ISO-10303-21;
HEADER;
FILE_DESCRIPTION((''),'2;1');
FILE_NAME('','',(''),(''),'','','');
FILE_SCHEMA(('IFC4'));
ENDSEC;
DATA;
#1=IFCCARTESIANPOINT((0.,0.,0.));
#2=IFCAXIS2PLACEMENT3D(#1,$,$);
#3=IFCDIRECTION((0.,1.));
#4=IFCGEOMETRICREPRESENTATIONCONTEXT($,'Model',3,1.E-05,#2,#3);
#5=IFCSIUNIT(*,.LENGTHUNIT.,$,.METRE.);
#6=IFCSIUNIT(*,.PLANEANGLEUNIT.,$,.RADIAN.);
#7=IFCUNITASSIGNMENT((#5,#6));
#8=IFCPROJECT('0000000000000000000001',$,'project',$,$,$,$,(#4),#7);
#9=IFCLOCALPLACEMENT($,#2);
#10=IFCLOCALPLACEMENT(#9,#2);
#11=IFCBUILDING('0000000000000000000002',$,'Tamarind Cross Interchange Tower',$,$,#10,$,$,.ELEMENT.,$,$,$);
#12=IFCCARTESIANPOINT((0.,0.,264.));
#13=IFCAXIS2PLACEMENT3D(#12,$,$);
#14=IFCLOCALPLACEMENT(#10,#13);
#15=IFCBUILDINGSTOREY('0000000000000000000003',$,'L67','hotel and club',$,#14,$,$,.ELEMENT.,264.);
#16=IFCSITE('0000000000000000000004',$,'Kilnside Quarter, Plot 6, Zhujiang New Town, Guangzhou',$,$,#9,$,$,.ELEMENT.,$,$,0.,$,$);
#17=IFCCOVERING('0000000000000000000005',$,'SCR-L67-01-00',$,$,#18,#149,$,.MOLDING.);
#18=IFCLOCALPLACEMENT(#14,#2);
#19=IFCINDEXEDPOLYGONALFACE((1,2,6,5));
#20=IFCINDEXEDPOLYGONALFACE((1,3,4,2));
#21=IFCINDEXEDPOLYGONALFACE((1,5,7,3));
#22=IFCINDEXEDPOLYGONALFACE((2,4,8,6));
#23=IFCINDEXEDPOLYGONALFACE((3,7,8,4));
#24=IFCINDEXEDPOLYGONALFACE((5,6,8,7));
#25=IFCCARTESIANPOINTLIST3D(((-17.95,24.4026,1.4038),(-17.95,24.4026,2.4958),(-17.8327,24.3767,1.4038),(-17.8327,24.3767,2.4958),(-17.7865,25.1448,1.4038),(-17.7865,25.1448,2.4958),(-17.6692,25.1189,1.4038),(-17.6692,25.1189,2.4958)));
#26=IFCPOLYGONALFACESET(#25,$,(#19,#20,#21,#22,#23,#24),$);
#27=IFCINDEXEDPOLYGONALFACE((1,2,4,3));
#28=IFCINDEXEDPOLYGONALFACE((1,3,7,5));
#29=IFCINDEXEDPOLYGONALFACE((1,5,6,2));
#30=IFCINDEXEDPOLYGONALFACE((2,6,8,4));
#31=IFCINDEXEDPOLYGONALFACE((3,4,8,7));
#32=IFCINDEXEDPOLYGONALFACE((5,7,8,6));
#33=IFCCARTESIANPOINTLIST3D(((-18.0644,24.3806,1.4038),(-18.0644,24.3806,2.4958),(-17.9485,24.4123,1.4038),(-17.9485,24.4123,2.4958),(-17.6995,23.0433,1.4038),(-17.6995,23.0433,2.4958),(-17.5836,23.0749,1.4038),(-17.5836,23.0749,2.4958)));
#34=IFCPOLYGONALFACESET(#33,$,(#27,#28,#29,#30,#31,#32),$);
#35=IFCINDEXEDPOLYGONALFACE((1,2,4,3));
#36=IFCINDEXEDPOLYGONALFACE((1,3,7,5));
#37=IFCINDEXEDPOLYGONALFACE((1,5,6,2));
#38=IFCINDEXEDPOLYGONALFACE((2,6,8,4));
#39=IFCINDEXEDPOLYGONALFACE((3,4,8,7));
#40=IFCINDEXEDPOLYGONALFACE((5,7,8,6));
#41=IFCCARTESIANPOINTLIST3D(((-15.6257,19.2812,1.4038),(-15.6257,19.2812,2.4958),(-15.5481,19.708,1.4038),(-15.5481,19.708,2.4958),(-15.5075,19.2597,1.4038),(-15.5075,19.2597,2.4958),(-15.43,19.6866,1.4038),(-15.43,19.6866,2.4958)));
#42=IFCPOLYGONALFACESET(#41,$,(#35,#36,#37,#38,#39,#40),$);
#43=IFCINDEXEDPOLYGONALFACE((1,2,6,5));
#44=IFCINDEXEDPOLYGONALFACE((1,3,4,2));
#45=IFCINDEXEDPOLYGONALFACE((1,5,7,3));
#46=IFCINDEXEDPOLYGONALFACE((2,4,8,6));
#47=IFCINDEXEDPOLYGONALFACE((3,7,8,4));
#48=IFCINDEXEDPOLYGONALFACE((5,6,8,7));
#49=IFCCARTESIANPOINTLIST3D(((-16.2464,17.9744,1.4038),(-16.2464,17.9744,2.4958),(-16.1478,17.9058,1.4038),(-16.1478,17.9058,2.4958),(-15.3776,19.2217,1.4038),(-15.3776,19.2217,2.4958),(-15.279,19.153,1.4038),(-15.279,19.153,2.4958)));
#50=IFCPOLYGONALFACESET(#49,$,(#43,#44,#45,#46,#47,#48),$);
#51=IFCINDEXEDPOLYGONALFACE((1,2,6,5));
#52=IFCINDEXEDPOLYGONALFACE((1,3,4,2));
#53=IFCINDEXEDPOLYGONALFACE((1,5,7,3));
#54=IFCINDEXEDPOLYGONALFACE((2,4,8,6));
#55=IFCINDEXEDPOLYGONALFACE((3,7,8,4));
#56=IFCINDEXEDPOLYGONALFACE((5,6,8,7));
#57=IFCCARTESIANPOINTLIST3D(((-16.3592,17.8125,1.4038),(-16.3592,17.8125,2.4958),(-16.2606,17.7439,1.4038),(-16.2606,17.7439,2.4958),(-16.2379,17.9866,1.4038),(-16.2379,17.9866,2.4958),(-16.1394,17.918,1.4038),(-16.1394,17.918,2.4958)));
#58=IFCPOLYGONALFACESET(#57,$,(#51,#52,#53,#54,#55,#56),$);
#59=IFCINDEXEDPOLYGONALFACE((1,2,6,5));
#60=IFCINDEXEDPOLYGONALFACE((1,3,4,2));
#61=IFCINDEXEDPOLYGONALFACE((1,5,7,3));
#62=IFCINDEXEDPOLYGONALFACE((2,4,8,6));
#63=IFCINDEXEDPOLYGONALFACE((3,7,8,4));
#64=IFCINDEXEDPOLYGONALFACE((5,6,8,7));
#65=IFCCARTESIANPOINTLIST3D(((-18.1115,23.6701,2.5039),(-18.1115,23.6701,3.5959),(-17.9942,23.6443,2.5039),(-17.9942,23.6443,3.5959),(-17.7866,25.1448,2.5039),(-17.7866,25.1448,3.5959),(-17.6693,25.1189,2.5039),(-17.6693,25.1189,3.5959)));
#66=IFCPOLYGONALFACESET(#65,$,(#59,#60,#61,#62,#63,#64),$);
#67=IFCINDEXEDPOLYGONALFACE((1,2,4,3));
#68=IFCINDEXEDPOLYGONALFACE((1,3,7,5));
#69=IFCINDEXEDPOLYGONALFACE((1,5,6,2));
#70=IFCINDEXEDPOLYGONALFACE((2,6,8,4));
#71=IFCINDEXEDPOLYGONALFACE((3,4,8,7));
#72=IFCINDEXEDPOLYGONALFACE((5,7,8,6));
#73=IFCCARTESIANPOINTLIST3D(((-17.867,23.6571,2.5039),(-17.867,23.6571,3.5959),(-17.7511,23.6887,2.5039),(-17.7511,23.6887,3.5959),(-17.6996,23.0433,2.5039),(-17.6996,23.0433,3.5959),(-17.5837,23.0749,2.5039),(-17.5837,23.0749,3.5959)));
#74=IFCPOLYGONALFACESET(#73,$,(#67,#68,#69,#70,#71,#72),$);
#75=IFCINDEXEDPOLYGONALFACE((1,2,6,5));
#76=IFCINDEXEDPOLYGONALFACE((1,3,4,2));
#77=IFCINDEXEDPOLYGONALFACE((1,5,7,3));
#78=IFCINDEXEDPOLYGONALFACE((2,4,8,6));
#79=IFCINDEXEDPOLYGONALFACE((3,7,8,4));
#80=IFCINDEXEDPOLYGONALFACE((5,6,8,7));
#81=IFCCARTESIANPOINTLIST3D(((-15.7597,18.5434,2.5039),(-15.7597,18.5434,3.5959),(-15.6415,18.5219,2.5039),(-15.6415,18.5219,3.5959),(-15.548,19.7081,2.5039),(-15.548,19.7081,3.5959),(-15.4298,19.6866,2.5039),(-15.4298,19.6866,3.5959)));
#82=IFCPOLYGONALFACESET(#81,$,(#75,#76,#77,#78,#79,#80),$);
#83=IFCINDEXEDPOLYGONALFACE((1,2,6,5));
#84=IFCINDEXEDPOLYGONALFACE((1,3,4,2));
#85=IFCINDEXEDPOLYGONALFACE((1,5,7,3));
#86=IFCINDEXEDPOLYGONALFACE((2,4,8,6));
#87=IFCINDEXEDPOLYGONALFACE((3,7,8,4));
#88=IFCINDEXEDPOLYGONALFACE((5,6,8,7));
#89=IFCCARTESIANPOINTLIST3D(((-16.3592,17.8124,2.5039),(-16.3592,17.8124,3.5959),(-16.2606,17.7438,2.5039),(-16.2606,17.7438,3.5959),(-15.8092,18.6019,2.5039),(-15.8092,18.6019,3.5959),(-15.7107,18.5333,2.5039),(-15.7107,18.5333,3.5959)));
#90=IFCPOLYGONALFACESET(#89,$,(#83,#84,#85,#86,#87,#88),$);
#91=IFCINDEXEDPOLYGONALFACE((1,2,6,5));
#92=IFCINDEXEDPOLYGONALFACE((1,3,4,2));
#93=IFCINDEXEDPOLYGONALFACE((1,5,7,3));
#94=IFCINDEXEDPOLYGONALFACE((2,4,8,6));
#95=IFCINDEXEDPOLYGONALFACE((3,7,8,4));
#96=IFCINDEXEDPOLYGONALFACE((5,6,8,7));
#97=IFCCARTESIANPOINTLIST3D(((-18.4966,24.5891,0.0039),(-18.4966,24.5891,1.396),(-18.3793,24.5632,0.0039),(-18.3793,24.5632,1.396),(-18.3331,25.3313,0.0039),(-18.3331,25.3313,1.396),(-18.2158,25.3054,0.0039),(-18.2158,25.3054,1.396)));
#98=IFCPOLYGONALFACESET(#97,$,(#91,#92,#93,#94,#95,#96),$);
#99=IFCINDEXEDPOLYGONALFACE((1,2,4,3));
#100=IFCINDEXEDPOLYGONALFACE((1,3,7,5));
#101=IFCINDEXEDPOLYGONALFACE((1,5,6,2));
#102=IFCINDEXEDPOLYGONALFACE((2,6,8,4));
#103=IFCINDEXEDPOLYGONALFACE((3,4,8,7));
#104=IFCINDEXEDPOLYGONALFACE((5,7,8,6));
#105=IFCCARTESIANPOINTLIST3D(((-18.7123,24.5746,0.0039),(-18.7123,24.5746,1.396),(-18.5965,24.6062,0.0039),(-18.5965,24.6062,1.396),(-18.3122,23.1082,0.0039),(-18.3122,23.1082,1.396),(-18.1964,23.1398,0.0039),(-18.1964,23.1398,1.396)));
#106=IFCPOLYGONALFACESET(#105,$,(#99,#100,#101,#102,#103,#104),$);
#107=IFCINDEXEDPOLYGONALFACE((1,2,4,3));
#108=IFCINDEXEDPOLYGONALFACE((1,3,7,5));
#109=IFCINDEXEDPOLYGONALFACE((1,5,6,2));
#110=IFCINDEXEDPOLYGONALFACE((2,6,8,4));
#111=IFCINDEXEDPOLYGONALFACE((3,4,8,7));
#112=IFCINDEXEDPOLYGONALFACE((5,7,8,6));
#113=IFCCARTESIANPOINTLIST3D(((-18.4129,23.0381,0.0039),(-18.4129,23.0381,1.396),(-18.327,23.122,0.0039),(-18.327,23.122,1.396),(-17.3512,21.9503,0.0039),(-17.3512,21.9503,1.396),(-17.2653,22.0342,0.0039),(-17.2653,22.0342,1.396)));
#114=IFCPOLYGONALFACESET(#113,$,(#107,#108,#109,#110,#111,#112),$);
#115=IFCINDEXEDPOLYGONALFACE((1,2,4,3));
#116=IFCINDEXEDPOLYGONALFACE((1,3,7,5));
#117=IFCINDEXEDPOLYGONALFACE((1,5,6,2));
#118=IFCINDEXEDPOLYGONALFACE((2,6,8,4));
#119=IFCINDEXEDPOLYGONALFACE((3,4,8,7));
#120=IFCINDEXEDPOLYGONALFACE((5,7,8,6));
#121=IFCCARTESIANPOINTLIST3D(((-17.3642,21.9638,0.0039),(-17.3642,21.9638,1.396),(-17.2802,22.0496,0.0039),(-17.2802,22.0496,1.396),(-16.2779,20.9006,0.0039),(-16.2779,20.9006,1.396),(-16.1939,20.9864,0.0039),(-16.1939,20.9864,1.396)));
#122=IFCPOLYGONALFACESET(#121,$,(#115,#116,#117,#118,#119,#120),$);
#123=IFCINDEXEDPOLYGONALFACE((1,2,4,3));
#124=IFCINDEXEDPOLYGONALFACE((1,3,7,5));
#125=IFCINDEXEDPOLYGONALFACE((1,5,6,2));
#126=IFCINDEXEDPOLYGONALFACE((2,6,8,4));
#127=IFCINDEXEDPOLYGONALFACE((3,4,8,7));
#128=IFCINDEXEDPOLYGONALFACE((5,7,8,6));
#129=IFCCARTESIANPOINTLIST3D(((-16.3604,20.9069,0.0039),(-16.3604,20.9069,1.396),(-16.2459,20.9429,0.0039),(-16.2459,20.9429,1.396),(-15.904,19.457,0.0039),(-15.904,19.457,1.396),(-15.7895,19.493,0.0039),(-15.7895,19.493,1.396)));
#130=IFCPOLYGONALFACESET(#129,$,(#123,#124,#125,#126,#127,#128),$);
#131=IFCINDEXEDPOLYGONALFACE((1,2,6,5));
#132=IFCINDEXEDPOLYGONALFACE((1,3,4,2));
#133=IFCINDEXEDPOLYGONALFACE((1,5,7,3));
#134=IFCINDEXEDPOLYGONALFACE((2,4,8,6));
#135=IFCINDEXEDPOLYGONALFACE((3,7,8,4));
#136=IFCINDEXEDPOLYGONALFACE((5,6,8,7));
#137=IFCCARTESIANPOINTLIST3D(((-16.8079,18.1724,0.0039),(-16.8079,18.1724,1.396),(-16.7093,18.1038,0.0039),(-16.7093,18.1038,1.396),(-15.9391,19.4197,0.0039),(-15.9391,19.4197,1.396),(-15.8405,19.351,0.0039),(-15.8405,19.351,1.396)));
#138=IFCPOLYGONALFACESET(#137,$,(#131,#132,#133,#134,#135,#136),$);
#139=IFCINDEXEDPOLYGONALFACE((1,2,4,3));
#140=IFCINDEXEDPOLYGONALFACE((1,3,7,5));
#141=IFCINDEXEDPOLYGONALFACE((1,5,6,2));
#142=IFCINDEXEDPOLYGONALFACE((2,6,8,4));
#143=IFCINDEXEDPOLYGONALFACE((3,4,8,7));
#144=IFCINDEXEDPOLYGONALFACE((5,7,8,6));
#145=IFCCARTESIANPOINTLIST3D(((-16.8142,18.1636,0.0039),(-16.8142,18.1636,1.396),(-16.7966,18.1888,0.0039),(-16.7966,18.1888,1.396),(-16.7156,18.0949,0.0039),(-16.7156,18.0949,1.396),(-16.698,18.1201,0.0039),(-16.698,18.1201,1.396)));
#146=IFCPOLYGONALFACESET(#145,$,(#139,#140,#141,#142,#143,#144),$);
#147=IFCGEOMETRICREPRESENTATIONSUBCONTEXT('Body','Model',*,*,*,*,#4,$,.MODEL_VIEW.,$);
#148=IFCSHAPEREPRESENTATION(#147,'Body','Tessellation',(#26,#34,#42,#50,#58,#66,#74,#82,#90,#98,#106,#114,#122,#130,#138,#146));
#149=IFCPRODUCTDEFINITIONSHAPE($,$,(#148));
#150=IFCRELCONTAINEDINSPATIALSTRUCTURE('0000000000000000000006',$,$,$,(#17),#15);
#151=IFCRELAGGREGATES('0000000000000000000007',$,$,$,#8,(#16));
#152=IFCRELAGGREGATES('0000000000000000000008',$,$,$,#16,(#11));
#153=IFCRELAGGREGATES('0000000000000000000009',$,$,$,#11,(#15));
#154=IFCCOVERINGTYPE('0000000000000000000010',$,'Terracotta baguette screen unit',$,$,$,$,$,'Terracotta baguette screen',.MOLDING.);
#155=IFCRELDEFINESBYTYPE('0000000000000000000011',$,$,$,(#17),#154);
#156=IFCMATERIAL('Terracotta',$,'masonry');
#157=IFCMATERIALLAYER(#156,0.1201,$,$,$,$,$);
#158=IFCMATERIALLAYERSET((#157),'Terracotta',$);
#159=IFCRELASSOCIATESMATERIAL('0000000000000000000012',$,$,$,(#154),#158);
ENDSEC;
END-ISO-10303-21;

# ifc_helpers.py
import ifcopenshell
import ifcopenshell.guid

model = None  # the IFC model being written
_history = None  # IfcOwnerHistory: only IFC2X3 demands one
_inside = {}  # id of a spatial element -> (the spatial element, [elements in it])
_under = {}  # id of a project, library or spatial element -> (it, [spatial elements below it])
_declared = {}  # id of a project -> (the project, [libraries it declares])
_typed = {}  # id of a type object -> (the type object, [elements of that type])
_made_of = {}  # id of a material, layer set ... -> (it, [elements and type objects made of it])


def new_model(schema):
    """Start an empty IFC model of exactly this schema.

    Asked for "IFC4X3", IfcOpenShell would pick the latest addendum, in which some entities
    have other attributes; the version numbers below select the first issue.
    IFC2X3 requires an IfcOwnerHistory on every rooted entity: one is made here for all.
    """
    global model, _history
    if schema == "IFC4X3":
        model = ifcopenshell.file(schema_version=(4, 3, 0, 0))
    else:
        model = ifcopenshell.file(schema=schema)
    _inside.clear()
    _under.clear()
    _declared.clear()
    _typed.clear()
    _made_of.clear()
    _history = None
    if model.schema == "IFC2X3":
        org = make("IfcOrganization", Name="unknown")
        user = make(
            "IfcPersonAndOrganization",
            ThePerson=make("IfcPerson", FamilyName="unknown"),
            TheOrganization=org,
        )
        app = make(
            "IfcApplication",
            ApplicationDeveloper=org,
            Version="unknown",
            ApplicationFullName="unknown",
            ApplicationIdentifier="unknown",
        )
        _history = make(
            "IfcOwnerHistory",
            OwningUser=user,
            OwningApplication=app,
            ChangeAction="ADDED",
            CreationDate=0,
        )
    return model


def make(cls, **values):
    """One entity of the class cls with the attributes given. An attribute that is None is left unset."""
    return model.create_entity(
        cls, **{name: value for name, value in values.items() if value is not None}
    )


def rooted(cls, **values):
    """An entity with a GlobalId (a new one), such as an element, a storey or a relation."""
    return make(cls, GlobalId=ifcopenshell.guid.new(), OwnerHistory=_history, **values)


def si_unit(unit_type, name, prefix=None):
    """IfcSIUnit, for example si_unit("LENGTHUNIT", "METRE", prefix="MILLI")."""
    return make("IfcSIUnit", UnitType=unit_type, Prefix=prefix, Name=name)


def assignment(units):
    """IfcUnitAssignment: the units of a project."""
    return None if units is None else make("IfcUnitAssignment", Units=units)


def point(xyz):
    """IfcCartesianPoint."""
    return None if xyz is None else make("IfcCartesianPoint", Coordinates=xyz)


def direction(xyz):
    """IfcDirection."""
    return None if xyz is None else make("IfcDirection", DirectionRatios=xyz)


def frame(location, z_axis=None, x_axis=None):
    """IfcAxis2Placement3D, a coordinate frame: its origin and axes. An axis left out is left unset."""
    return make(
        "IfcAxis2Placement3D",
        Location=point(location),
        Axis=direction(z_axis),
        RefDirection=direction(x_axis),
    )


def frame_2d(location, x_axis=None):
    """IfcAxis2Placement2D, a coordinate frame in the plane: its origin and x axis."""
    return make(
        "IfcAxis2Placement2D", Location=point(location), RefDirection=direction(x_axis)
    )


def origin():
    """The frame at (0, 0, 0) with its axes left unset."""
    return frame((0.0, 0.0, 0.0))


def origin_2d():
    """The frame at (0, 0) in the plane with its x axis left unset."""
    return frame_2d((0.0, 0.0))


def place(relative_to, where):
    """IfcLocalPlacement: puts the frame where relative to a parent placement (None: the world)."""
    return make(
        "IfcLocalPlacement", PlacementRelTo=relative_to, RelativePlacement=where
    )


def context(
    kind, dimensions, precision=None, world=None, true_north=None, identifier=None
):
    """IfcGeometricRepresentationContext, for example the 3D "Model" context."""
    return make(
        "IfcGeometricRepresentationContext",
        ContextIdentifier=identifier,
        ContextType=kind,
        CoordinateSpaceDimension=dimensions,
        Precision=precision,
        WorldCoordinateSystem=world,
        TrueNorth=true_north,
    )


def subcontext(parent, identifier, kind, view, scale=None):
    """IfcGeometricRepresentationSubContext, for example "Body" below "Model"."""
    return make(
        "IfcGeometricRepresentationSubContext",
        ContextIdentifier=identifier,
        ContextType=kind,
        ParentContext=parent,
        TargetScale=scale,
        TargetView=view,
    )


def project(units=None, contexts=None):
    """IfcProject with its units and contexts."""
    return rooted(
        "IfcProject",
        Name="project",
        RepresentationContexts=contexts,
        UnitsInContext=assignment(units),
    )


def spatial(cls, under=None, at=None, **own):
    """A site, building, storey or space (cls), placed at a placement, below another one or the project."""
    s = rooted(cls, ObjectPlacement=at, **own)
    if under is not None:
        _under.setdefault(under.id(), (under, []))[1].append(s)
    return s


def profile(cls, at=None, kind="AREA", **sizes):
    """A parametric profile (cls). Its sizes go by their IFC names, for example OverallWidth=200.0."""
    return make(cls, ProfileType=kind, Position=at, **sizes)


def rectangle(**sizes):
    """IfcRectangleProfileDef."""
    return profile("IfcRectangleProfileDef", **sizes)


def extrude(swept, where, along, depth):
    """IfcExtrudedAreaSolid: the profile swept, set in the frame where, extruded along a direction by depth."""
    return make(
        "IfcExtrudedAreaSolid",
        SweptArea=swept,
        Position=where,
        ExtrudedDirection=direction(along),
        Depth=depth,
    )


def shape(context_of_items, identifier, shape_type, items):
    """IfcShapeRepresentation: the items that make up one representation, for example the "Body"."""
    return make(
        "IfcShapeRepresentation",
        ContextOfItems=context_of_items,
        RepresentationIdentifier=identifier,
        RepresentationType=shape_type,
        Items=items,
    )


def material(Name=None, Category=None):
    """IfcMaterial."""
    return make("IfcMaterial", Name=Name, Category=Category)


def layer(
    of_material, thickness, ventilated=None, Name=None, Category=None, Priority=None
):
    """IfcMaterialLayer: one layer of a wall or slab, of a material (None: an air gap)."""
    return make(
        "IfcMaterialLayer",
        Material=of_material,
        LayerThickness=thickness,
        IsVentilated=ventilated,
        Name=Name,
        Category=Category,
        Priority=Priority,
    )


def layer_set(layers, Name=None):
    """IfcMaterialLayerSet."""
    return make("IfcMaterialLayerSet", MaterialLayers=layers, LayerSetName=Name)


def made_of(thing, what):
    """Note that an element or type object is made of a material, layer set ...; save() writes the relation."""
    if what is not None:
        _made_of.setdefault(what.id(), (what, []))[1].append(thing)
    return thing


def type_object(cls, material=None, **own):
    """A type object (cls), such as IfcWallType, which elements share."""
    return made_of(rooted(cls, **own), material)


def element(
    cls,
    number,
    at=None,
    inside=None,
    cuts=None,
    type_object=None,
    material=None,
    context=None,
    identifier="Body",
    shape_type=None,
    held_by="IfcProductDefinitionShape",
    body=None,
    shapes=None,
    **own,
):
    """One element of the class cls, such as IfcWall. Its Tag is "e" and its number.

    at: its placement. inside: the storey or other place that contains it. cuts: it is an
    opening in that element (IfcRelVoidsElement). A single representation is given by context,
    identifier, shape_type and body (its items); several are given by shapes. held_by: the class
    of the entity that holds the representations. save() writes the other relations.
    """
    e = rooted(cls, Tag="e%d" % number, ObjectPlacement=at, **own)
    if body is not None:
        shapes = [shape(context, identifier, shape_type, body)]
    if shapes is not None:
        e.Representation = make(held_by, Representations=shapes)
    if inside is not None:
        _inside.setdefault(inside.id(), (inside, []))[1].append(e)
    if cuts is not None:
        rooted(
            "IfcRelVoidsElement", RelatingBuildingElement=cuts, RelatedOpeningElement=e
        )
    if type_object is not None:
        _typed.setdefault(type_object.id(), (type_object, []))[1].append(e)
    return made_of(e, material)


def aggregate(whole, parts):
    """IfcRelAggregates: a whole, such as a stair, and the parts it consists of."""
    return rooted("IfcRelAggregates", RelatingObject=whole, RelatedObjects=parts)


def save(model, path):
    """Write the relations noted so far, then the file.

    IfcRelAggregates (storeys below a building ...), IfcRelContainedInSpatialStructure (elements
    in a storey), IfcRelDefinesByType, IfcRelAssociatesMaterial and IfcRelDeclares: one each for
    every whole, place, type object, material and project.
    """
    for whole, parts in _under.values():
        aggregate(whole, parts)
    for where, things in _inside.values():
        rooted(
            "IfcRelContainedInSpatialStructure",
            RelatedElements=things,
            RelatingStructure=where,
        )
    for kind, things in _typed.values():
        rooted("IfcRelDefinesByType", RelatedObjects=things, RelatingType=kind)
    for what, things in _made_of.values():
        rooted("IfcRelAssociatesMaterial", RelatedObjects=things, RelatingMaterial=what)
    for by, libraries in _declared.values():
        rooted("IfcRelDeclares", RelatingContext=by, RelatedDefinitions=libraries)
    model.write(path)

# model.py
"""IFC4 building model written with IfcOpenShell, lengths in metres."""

from ifc_helpers import new_model, si_unit, direction, frame, origin, origin_2d, place, context, subcontext, project, spatial, rectangle, extrude, material, layer, layer_set, type_object, element, save


model = new_model("IFC4")

# Units and contexts
model_context = context("Model", 3, precision=1e-05, world=origin(), true_north=direction((0.0, 1.0)))
body_context = subcontext(model_context, "Body", "Model", "MODEL_VIEW")
ifc_project = project(units=[si_unit("LENGTHUNIT", "METRE"), si_unit("PLANEANGLEUNIT", "RADIAN")], contexts=[model_context])

# Site, building, storey
site_placement = place(None, origin())
site = spatial("IfcSite", under=ifc_project, at=site_placement, Name="Kilnside Quarter, Plot 6, Zhujiang New Town, Guangzhou", CompositionType="ELEMENT", RefElevation=0.0)
building_placement = place(site_placement, origin())
building = spatial("IfcBuilding", under=site, at=building_placement, Name="Tamarind Cross Interchange Tower", CompositionType="ELEMENT")
storey_placement = place(building_placement, frame((0.0, 0.0, 264.0)))
storey = spatial("IfcBuildingStorey", under=building, at=storey_placement, Name="L67", Description="hotel and club", CompositionType="ELEMENT", Elevation=264.0)

# Covering
ifc_material_1 = material(Name="Terracotta", Category="masonry")
ifc_layer_1 = layer(ifc_material_1, 0.1201)
ifc_layer_set_1 = layer_set([ifc_layer_1], Name="Terracotta")
covering_type = type_object("IfcCoveringType", Name="Terracotta baguette screen unit", ElementType="Terracotta baguette screen", PredefinedType="MOLDING", material=ifc_layer_set_1)
covering_1_placement = place(storey_placement, origin())
element("IfcCovering", 1, at=covering_1_placement, inside=storey, type_object=covering_type, Name="SCR-L67-01-00", PredefinedType="MOLDING", context=body_context, shape_type="SweptSolid", body=[
    extrude(rectangle(XDim=0.76, YDim=0.1201, at=origin_2d()), frame((-17.8096, 24.7607, 1.4038), z_axis=(0.0, 0.0, 1.0), x_axis=(-0.215153, -0.97658, 0.0)), (0.0, 0.0, 1.0), 1.092),
    extrude(rectangle(XDim=1.3862, YDim=0.1201, at=origin_2d()), frame((-17.824, 23.7278, 1.4038), z_axis=(0.0, 0.0, 1.0), x_axis=(0.263215, -0.964737, 0.0)), (0.0, 0.0, 1.0), 1.092),
    extrude(rectangle(XDim=0.4338, YDim=0.1201, at=origin_2d()), frame((-15.5278, 19.4839, 1.4038), z_axis=(0.0, 0.0, 1.0), x_axis=(-0.178826, -0.983881, 0.0)), (0.0, 0.0, 1.0), 1.092),
    extrude(rectangle(XDim=1.52, YDim=0.1201, at=origin_2d()), frame((-15.7627, 18.5637, 1.4038), z_axis=(0.0, 0.0, 1.0), x_axis=(-0.571568, -0.820555, 0.0)), (0.0, 0.0, 1.0), 1.092),
    extrude(rectangle(XDim=0.2122, YDim=0.1201, at=origin_2d()), frame((-16.2493, 17.8652, 1.4038), z_axis=(0.0, 0.0, 1.0), x_axis=(-0.571568, -0.820555, 0.0)), (0.0, 0.0, 1.0), 1.092),
    extrude(rectangle(XDim=1.51, YDim=0.1201, at=origin_2d()), frame((-17.8904, 24.3945, 2.5039), z_axis=(0.0, 0.0, 1.0), x_axis=(-0.215153, -0.97658, 0.0)), (0.0, 0.0, 1.0), 1.092),
    extrude(rectangle(XDim=0.6362, YDim=0.1201, at=origin_2d()), frame((-17.7253, 23.366, 2.5039), z_axis=(0.0, 0.0, 1.0), x_axis=(0.263215, -0.964737, 0.0)), (0.0, 0.0, 1.0), 1.092),
    extrude(rectangle(XDim=1.1838, YDim=0.1201, at=origin_2d()), frame((-15.5947, 19.115, 2.5039), z_axis=(0.0, 0.0, 1.0), x_axis=(-0.178826, -0.983881, 0.0)), (0.0, 0.0, 1.0), 1.092),
    extrude(rectangle(XDim=0.9622, YDim=0.1201, at=origin_2d()), frame((-16.0349, 18.1729, 2.5039), z_axis=(0.0, 0.0, 1.0), x_axis=(-0.571568, -0.820555, 0.0)), (0.0, 0.0, 1.0), 1.092),
    extrude(rectangle(XDim=0.76, YDim=0.1201, at=origin_2d()), frame((-18.3562, 24.9473, 0.0039), z_axis=(0.0, 0.0, 1.0), x_axis=(-0.215153, -0.97658, 0.0)), (0.0, 0.0, 1.0), 1.3921),
    extrude(rectangle(XDim=1.52, YDim=0.1201, at=origin_2d()), frame((-18.4543, 23.8572, 0.0039), z_axis=(0.0, 0.0, 1.0), x_axis=(0.263215, -0.964737, 0.0)), (0.0, 0.0, 1.0), 1.3921),
    extrude(rectangle(XDim=1.52, YDim=0.1201, at=origin_2d()), frame((-17.8391, 22.5361, 0.0039), z_axis=(0.0, 0.0, 1.0), x_axis=(0.698468, -0.715641, 0.0)), (0.0, 0.0, 1.0), 1.3921),
    extrude(rectangle(XDim=1.52, YDim=0.1201, at=origin_2d()), frame((-16.7791, 21.4751, 0.0039), z_axis=(0.0, 0.0, 1.0), x_axis=(0.714644, -0.699489, 0.0)), (0.0, 0.0, 1.0), 1.3921),
    extrude(rectangle(XDim=1.52, YDim=0.1201, at=origin_2d()), frame((-16.075, 20.2, 0.0039), z_axis=(0.0, 0.0, 1.0), x_axis=(0.300272, -0.953854, 0.0)), (0.0, 0.0, 1.0), 1.3921),
    extrude(rectangle(XDim=1.52, YDim=0.1201, at=origin_2d()), frame((-16.3242, 18.7617, 0.0039), z_axis=(0.0, 0.0, 1.0), x_axis=(-0.571568, -0.820555, 0.0)), (0.0, 0.0, 1.0), 1.3921),
    extrude(rectangle(XDim=0.0308, YDim=0.1201, at=origin_2d()), frame((-16.7561, 18.1418, 0.0039), z_axis=(0.0, 0.0, 1.0), x_axis=(-0.571568, -0.820555, 0.0)), (0.0, 0.0, 1.0), 1.3921),
])

save(model, "model.ifc")
